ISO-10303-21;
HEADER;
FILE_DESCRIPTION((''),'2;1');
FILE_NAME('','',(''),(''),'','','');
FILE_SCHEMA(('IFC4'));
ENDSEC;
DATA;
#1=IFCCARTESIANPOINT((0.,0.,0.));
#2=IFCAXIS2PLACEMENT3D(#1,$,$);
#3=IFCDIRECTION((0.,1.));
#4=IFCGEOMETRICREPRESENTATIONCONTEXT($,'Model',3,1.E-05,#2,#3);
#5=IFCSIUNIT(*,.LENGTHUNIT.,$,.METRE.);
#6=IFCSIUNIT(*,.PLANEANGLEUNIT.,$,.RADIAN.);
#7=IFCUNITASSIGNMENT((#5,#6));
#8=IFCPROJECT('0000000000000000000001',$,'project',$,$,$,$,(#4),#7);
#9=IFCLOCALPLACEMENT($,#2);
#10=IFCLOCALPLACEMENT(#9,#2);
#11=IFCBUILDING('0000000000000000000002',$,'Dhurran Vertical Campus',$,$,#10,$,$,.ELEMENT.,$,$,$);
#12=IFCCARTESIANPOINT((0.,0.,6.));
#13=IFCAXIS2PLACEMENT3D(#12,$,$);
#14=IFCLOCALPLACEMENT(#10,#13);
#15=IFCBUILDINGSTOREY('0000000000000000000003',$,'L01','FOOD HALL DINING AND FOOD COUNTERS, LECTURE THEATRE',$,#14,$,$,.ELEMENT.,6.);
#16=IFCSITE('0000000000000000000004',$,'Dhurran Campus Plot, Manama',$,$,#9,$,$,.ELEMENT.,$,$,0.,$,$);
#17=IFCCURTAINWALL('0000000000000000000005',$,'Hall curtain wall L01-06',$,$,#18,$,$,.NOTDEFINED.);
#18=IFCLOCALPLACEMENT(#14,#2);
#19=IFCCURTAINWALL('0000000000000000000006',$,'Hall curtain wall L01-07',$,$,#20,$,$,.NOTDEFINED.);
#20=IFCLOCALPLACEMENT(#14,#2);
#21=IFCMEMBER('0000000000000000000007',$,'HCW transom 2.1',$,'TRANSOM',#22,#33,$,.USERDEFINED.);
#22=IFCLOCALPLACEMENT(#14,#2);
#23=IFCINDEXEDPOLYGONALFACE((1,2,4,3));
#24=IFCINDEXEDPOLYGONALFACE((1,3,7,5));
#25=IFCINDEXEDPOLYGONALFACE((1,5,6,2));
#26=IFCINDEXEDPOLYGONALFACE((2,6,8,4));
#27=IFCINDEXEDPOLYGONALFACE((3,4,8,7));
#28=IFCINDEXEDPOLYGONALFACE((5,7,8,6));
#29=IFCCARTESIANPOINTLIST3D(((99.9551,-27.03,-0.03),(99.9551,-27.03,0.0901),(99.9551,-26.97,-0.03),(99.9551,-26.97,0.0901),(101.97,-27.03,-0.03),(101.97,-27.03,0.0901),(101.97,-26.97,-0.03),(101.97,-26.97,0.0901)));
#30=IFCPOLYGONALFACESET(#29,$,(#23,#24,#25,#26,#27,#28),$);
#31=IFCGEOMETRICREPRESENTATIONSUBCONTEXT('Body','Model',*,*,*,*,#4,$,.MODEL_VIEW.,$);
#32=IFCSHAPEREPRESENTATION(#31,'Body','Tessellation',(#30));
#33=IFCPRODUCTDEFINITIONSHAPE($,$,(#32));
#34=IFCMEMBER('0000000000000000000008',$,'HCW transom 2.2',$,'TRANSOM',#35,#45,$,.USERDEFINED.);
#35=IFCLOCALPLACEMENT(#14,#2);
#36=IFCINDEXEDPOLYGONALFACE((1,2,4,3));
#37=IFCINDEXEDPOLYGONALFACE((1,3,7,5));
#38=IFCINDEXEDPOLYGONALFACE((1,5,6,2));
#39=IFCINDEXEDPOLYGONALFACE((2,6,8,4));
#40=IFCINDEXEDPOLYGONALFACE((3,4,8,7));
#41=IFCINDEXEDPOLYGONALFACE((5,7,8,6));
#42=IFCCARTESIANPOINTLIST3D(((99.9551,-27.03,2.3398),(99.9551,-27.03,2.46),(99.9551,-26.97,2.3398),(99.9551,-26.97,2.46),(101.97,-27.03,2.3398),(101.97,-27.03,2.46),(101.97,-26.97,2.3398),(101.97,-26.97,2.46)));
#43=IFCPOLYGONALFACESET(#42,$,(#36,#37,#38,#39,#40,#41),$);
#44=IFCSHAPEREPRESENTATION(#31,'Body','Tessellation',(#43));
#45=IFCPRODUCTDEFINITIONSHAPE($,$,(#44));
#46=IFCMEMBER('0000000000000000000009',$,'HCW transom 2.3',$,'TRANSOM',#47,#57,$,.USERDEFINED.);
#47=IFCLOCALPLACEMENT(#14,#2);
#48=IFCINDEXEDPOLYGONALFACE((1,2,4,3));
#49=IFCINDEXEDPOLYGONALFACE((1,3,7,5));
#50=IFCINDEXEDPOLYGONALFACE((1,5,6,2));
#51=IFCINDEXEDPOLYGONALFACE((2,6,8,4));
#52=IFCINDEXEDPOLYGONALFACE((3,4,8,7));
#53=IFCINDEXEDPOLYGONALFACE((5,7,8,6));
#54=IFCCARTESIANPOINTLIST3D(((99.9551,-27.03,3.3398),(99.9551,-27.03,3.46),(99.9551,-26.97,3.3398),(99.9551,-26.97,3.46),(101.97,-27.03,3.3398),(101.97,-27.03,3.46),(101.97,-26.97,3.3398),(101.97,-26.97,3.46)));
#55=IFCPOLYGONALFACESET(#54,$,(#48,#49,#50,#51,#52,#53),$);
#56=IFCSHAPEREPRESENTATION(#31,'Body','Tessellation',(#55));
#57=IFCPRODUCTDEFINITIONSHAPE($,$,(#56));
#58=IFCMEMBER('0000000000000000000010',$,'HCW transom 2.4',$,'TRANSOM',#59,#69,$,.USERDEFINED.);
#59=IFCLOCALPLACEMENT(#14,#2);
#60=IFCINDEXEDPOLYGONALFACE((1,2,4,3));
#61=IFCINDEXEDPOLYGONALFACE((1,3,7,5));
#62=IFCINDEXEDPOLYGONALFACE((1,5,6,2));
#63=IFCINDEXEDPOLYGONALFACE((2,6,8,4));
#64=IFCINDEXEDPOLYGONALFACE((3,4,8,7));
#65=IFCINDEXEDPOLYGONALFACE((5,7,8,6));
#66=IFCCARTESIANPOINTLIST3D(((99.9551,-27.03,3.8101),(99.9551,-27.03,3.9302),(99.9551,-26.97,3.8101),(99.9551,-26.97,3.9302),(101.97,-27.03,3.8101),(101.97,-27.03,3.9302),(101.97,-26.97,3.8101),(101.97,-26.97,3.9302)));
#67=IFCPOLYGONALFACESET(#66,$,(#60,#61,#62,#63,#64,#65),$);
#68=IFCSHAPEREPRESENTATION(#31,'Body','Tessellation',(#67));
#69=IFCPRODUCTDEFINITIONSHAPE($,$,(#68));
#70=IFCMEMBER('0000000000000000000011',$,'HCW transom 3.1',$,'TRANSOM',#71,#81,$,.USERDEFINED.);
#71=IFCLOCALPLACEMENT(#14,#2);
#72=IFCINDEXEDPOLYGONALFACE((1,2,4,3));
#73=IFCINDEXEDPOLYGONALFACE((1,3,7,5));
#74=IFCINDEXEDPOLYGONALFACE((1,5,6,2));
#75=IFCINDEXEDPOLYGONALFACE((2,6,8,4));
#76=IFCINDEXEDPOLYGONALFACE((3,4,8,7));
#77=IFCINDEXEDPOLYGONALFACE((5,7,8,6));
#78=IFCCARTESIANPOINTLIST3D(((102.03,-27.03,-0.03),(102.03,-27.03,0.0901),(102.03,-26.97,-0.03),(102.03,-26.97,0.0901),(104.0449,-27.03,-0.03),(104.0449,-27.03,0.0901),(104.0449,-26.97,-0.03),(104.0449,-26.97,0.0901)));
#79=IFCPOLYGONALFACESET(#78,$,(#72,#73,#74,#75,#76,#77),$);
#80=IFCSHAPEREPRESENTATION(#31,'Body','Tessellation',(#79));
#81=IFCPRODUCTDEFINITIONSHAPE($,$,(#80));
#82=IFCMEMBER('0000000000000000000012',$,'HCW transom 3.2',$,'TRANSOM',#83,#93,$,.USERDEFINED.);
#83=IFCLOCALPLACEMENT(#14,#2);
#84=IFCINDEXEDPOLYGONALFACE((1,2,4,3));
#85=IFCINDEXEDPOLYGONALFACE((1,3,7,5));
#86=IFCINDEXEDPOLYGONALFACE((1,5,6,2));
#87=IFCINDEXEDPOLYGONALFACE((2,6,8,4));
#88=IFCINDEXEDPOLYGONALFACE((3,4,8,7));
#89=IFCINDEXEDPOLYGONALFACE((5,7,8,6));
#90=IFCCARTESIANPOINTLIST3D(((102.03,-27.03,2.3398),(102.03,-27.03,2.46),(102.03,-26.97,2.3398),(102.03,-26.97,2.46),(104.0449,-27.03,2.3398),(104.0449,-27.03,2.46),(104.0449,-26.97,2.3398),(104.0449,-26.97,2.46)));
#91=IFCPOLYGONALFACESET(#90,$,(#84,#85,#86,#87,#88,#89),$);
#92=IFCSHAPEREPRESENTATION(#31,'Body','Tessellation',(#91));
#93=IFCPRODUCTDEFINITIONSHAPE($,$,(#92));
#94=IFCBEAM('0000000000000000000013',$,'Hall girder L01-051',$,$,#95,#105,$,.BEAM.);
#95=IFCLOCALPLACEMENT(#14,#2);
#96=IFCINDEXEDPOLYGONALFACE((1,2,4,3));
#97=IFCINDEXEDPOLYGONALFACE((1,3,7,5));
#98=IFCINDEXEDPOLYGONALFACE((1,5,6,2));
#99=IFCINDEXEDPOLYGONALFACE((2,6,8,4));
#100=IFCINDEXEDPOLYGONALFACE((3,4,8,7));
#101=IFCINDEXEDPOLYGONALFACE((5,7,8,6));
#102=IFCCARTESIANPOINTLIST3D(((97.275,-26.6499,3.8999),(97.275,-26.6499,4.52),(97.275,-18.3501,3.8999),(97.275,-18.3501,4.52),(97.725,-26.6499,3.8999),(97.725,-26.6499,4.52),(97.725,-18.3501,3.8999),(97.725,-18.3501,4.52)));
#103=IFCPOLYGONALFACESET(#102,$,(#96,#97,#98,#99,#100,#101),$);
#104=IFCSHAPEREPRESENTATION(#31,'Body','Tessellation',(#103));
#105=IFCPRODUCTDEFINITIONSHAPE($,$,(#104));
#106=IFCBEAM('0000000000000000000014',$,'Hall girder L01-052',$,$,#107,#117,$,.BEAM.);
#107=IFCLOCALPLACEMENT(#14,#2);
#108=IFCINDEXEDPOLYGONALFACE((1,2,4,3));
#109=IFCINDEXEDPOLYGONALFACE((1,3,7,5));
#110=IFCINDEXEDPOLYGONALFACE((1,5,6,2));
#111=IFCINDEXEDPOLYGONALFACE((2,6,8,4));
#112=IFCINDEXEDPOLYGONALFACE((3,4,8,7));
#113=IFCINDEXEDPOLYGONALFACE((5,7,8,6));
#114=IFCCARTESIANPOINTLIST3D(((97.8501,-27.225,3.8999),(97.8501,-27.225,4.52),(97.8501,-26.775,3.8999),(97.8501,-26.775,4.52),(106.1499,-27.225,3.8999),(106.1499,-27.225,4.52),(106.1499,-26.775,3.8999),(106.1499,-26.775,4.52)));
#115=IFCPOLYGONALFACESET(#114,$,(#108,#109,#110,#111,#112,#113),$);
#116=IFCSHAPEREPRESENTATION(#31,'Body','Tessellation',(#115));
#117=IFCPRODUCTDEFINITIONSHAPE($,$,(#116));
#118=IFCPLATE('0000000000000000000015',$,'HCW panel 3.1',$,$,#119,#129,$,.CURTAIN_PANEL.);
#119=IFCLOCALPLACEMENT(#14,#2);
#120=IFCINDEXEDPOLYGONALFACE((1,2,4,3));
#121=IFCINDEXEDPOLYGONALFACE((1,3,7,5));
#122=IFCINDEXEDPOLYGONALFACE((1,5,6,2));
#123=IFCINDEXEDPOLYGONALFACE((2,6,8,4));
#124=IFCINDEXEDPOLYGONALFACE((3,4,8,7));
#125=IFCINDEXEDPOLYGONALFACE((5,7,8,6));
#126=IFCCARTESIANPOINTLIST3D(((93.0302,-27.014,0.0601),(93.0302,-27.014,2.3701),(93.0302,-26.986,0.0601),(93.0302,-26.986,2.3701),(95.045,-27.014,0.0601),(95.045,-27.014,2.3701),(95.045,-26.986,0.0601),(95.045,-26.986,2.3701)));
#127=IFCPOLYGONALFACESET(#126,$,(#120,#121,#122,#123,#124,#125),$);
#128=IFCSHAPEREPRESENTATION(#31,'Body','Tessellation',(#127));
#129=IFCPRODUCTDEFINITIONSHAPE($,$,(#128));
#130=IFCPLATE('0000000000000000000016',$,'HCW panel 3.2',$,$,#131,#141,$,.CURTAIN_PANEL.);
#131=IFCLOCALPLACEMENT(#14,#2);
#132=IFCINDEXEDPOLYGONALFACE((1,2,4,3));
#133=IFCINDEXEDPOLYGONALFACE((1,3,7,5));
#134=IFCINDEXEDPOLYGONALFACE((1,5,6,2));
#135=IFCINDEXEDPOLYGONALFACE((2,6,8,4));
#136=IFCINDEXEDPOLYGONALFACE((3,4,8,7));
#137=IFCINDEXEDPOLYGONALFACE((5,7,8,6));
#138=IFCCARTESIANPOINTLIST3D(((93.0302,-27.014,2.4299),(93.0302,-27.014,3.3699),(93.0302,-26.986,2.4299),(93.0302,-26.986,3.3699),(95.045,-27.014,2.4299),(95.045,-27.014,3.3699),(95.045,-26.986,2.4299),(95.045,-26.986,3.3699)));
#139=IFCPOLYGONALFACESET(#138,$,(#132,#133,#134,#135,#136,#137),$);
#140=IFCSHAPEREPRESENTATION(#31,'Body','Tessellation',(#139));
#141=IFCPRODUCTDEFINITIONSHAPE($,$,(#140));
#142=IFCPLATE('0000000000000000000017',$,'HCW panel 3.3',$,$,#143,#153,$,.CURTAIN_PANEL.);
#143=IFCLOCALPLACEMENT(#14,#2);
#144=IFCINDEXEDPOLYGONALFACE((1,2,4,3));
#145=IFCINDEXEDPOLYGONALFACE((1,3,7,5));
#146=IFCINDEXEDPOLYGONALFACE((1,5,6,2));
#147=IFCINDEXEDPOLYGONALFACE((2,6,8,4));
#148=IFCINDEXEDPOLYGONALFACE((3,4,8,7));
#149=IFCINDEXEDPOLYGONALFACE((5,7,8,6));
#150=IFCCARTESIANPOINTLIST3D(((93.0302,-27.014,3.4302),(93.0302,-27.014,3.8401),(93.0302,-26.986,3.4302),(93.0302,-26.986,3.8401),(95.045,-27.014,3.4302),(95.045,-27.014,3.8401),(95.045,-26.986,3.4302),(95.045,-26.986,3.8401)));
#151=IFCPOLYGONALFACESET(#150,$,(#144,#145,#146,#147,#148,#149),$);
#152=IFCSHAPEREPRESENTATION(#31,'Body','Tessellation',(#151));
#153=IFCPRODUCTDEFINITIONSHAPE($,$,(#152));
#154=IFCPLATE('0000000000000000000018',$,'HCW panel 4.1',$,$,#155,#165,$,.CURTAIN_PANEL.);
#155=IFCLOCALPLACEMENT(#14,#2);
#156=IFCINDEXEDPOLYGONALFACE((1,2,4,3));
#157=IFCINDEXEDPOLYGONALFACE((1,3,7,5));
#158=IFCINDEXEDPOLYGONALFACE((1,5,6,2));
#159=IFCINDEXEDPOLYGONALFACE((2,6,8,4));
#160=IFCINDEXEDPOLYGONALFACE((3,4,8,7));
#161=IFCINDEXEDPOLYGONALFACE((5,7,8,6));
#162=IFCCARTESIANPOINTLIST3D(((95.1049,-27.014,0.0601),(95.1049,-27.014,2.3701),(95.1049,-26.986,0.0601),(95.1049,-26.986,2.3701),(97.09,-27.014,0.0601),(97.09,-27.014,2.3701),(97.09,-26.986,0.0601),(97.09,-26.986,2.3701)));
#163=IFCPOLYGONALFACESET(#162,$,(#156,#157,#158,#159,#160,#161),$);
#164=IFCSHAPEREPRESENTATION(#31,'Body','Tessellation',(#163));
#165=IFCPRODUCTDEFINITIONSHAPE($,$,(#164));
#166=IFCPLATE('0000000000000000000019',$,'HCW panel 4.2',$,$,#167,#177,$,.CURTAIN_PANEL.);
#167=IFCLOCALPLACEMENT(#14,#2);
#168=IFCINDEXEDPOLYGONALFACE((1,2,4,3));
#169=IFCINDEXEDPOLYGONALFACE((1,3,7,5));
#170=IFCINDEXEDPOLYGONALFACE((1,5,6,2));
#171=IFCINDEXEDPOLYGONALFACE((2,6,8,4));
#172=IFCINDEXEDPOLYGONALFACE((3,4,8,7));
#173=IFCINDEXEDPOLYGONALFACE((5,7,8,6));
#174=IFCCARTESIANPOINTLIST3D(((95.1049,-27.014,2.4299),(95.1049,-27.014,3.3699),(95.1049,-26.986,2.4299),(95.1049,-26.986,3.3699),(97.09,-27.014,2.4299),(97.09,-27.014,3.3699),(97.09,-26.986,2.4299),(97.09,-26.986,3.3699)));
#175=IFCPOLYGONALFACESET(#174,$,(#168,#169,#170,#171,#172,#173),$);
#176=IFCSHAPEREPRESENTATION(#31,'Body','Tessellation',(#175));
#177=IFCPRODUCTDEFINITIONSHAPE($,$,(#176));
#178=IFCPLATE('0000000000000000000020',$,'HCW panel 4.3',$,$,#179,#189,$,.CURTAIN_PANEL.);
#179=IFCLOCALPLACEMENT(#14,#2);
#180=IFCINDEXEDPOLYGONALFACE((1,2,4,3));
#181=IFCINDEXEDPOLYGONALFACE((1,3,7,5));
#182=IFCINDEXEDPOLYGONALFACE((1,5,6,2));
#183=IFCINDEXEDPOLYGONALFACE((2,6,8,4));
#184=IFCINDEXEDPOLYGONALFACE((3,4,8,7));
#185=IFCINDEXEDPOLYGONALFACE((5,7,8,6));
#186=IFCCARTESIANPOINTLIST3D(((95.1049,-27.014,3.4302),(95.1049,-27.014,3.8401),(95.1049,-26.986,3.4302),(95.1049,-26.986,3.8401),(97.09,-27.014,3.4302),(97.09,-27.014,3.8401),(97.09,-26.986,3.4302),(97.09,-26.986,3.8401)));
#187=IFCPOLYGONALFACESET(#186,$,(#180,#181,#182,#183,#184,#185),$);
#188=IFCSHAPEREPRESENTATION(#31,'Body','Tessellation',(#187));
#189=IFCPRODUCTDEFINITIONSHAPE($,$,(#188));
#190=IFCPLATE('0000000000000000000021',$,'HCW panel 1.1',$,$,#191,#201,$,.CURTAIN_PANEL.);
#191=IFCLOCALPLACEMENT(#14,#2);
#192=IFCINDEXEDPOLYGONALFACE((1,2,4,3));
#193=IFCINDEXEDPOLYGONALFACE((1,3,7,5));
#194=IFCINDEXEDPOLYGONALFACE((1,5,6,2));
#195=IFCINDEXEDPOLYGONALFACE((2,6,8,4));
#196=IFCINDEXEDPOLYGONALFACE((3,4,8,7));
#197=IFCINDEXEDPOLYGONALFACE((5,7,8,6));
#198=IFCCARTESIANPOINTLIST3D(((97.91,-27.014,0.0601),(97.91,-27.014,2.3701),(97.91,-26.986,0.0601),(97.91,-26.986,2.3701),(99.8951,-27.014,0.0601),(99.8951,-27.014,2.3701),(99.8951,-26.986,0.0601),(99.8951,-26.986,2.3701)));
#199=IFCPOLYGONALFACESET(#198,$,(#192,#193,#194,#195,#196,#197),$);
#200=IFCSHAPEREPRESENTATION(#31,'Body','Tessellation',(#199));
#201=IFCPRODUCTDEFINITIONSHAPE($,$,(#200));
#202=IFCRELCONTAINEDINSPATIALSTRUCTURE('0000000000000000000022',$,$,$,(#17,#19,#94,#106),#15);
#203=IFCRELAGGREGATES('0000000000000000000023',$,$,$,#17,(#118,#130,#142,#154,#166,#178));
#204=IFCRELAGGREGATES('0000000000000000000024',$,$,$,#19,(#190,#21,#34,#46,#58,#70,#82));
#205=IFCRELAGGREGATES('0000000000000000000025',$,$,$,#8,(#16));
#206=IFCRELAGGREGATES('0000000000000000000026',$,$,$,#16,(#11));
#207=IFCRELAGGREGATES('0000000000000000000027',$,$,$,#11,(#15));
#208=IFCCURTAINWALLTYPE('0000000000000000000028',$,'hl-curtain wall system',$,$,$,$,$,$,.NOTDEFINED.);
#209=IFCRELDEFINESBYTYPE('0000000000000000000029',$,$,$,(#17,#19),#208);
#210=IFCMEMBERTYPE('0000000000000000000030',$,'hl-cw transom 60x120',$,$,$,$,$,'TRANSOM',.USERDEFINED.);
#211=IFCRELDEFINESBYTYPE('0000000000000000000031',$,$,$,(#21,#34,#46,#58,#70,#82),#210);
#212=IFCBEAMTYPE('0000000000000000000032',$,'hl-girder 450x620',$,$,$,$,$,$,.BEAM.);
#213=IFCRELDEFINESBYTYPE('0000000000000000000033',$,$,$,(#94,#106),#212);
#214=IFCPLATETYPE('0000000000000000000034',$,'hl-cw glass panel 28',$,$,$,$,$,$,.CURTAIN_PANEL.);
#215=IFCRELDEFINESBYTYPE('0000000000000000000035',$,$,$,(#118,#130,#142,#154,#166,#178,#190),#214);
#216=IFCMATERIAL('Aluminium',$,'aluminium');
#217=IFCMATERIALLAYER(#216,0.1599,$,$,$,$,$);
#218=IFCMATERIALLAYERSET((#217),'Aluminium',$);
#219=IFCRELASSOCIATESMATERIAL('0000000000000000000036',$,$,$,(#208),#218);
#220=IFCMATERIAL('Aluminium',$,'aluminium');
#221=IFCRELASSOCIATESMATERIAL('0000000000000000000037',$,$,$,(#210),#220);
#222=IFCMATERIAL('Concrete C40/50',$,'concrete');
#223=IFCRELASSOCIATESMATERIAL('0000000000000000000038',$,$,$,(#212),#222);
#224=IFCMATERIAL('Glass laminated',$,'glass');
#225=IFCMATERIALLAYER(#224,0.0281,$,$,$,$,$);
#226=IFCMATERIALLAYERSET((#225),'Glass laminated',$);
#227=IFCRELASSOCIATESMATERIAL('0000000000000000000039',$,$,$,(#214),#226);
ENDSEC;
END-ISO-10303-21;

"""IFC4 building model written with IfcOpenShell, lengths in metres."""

from ifc_helpers import new_model, si_unit, direction, frame, origin, origin_2d, place, context, subcontext, project, spatial, rectangle, extrude, material, layer, layer_set, material_profile, profile_set, type_object, element, aggregate, save


model = new_model("IFC4")

# Units and contexts
model_context = context("Model", 3, precision=1e-05, world=origin(), true_north=direction((0.0, 1.0)))
body_context = subcontext(model_context, "Body", "Model", "MODEL_VIEW")
ifc_project = project(units=[si_unit("LENGTHUNIT", "METRE"), si_unit("PLANEANGLEUNIT", "RADIAN")], contexts=[model_context])

# Site, building, storey
site_placement = place(None, origin())
site = spatial("IfcSite", under=ifc_project, at=site_placement, Name="Dhurran Campus Plot, Manama", CompositionType="ELEMENT", RefElevation=0.0)
building_placement = place(site_placement, origin())
building = spatial("IfcBuilding", under=site, at=building_placement, Name="Dhurran Vertical Campus", CompositionType="ELEMENT")
storey_placement = place(building_placement, frame((0.0, 0.0, 6.0)))
storey = spatial("IfcBuildingStorey", under=building, at=storey_placement, Name="L01", Description="FOOD HALL DINING AND FOOD COUNTERS, LECTURE THEATRE", CompositionType="ELEMENT", Elevation=6.0)

# Curtain walls
ifc_material_1 = material(Name="Aluminium", Category="aluminium")
ifc_layer_1 = layer(ifc_material_1, 0.1599)
ifc_layer_set_1 = layer_set([ifc_layer_1], Name="Aluminium")
curtain_wall_type = type_object("IfcCurtainWallType", Name="hl-curtain wall system", PredefinedType="NOTDEFINED", material=ifc_layer_set_1)
curtain_wall_1_placement = place(storey_placement, origin())
curtain_wall_1 = element("IfcCurtainWall", 1, at=curtain_wall_1_placement, inside=storey, type_object=curtain_wall_type, Name="Hall curtain wall L01-06", PredefinedType="NOTDEFINED")
curtain_wall_2_placement = place(storey_placement, origin())
curtain_wall_2 = element("IfcCurtainWall", 2, at=curtain_wall_2_placement, inside=storey, type_object=curtain_wall_type, Name="Hall curtain wall L01-07", PredefinedType="NOTDEFINED")

# Members
ifc_material_2 = material(Name="Aluminium", Category="aluminium")
ifc_material_profile_1 = material_profile(ifc_material_2, rectangle(XDim=0.0601, YDim=0.1201, at=origin_2d()), Name="hl-cw transom 60x120")
ifc_profile_set_1 = profile_set([ifc_material_profile_1], Name="Aluminium")
member_type_1 = type_object("IfcMemberType", Name="hl-cw transom 60x120", ElementType="TRANSOM", PredefinedType="USERDEFINED", material=ifc_profile_set_1)
member_1_placement = place(storey_placement, frame((99.9551, -27.0, 0.03), z_axis=(1.0, 0.0, 0.0), x_axis=(0.0, 1.0, 0.0)))
member_1 = element("IfcMember", 3, at=member_1_placement, type_object=member_type_1, Name="HCW transom 2.1", ObjectType="TRANSOM", PredefinedType="USERDEFINED", context=body_context, shape_type="SweptSolid", body=[
    extrude(rectangle(XDim=0.0601, YDim=0.1201, at=origin_2d()), origin(), (0.0, 0.0, 1.0), 2.0149),
])
member_2_placement = place(storey_placement, frame((99.9551, -27.0, 2.3999), z_axis=(1.0, 0.0, 0.0), x_axis=(0.0, 1.0, 0.0)))
member_2 = element("IfcMember", 4, at=member_2_placement, type_object=member_type_1, Name="HCW transom 2.2", ObjectType="TRANSOM", PredefinedType="USERDEFINED", context=body_context, shape_type="SweptSolid", body=[
    extrude(rectangle(XDim=0.0601, YDim=0.1201, at=origin_2d()), origin(), (0.0, 0.0, 1.0), 2.0149),
])
member_3_placement = place(storey_placement, frame((99.9551, -27.0, 3.3999), z_axis=(1.0, 0.0, 0.0), x_axis=(0.0, 1.0, 0.0)))
member_3 = element("IfcMember", 5, at=member_3_placement, type_object=member_type_1, Name="HCW transom 2.3", ObjectType="TRANSOM", PredefinedType="USERDEFINED", context=body_context, shape_type="SweptSolid", body=[
    extrude(rectangle(XDim=0.0601, YDim=0.1201, at=origin_2d()), origin(), (0.0, 0.0, 1.0), 2.0149),
])
member_4_placement = place(storey_placement, frame((99.9551, -27.0, 3.8701), z_axis=(1.0, 0.0, 0.0), x_axis=(0.0, 1.0, 0.0)))
member_4 = element("IfcMember", 6, at=member_4_placement, type_object=member_type_1, Name="HCW transom 2.4", ObjectType="TRANSOM", PredefinedType="USERDEFINED", context=body_context, shape_type="SweptSolid", body=[
    extrude(rectangle(XDim=0.0601, YDim=0.1201, at=origin_2d()), origin(), (0.0, 0.0, 1.0), 2.0149),
])
member_5_placement = place(storey_placement, frame((102.03, -27.0, 0.03), z_axis=(1.0, 0.0, 0.0), x_axis=(0.0, 1.0, 0.0)))
member_5 = element("IfcMember", 7, at=member_5_placement, type_object=member_type_1, Name="HCW transom 3.1", ObjectType="TRANSOM", PredefinedType="USERDEFINED", context=body_context, shape_type="SweptSolid", body=[
    extrude(rectangle(XDim=0.0601, YDim=0.1201, at=origin_2d()), origin(), (0.0, 0.0, 1.0), 2.0149),
])
member_6_placement = place(storey_placement, frame((102.03, -27.0, 2.3999), z_axis=(1.0, 0.0, 0.0), x_axis=(0.0, 1.0, 0.0)))
member_6 = element("IfcMember", 8, at=member_6_placement, type_object=member_type_1, Name="HCW transom 3.2", ObjectType="TRANSOM", PredefinedType="USERDEFINED", context=body_context, shape_type="SweptSolid", body=[
    extrude(rectangle(XDim=0.0601, YDim=0.1201, at=origin_2d()), origin(), (0.0, 0.0, 1.0), 2.0149),
])

# Beams
ifc_material_3 = material(Name="Concrete C40/50", Category="concrete")
ifc_material_profile_2 = material_profile(ifc_material_3, rectangle(XDim=0.45, YDim=0.6201, at=origin_2d()), Name="hl-girder 450x620")
ifc_profile_set_2 = profile_set([ifc_material_profile_2], Name="Concrete C40/50")
beam_type = type_object("IfcBeamType", Name="hl-girder 450x620", PredefinedType="BEAM", material=ifc_profile_set_2)
for number, where, z_axis, x_axis, name in (
    (9, (97.5, -26.6499, 4.21), (0.0, 1.0, 0.0), (-1.0, 0.0, 0.0), "Hall girder L01-051"),
    (10, (97.8501, -27.0, 4.21), (1.0, 0.0, 0.0), (0.0, 1.0, 0.0), "Hall girder L01-052"),
):
    element("IfcBeam", number, at=place(storey_placement, frame(where, z_axis=z_axis, x_axis=x_axis)), inside=storey, type_object=beam_type, Name=name, PredefinedType="BEAM", context=body_context, shape_type="SweptSolid", body=[
        extrude(rectangle(XDim=0.45, YDim=0.6201, at=origin_2d()), origin(), (0.0, 0.0, 1.0), 8.2998),
    ])

# Plates
ifc_material_4 = material(Name="Glass laminated", Category="glass")
ifc_layer_2 = layer(ifc_material_4, 0.0281)
ifc_layer_set_2 = layer_set([ifc_layer_2], Name="Glass laminated")
plate_type = type_object("IfcPlateType", Name="hl-cw glass panel 28", PredefinedType="CURTAIN_PANEL", material=ifc_layer_set_2)
plate_1_placement = place(storey_placement, frame((94.0376, -27.0, 0.0601), z_axis=(0.0, 0.0, 1.0), x_axis=(1.0, 0.0, 0.0)))
plate_1 = element("IfcPlate", 11, at=plate_1_placement, type_object=plate_type, Name="HCW panel 3.1", PredefinedType="CURTAIN_PANEL", context=body_context, shape_type="SweptSolid", body=[
    extrude(rectangle(XDim=2.0149, YDim=0.0281, at=origin_2d()), origin(), (0.0, 0.0, 1.0), 2.3101),
])
plate_2_placement = place(storey_placement, frame((94.0376, -27.0, 2.4299), z_axis=(0.0, 0.0, 1.0), x_axis=(1.0, 0.0, 0.0)))
plate_2 = element("IfcPlate", 12, at=plate_2_placement, type_object=plate_type, Name="HCW panel 3.2", PredefinedType="CURTAIN_PANEL", context=body_context, shape_type="SweptSolid", body=[
    extrude(rectangle(XDim=2.0149, YDim=0.0281, at=origin_2d()), origin(), (0.0, 0.0, 1.0), 0.9399),
])
plate_3_placement = place(storey_placement, frame((94.0376, -27.0, 3.4302), z_axis=(0.0, 0.0, 1.0), x_axis=(1.0, 0.0, 0.0)))
plate_3 = element("IfcPlate", 13, at=plate_3_placement, type_object=plate_type, Name="HCW panel 3.3", PredefinedType="CURTAIN_PANEL", context=body_context, shape_type="SweptSolid", body=[
    extrude(rectangle(XDim=2.0149, YDim=0.0281, at=origin_2d()), origin(), (0.0, 0.0, 1.0), 0.4099),
])
plate_4_placement = place(storey_placement, frame((96.0974, -27.0, 0.0601), z_axis=(0.0, 0.0, 1.0), x_axis=(1.0, 0.0, 0.0)))
plate_4 = element("IfcPlate", 14, at=plate_4_placement, type_object=plate_type, Name="HCW panel 4.1", PredefinedType="CURTAIN_PANEL", context=body_context, shape_type="SweptSolid", body=[
    extrude(rectangle(XDim=1.9851, YDim=0.0281, at=origin_2d()), origin(), (0.0, 0.0, 1.0), 2.3101),
])
plate_5_placement = place(storey_placement, frame((96.0974, -27.0, 2.4299), z_axis=(0.0, 0.0, 1.0), x_axis=(1.0, 0.0, 0.0)))
plate_5 = element("IfcPlate", 15, at=plate_5_placement, type_object=plate_type, Name="HCW panel 4.2", PredefinedType="CURTAIN_PANEL", context=body_context, shape_type="SweptSolid", body=[
    extrude(rectangle(XDim=1.9851, YDim=0.0281, at=origin_2d()), origin(), (0.0, 0.0, 1.0), 0.9399),
])
plate_6_placement = place(storey_placement, frame((96.0974, -27.0, 3.4302), z_axis=(0.0, 0.0, 1.0), x_axis=(1.0, 0.0, 0.0)))
plate_6 = element("IfcPlate", 16, at=plate_6_placement, type_object=plate_type, Name="HCW panel 4.3", PredefinedType="CURTAIN_PANEL", context=body_context, shape_type="SweptSolid", body=[
    extrude(rectangle(XDim=1.9851, YDim=0.0281, at=origin_2d()), origin(), (0.0, 0.0, 1.0), 0.4099),
])
aggregate(curtain_wall_1, [plate_1, plate_2, plate_3, plate_4, plate_5, plate_6])
plate_7_placement = place(storey_placement, frame((98.9026, -27.0, 0.0601), z_axis=(0.0, 0.0, 1.0), x_axis=(1.0, 0.0, 0.0)))
plate_7 = element("IfcPlate", 17, at=plate_7_placement, type_object=plate_type, Name="HCW panel 1.1", PredefinedType="CURTAIN_PANEL", context=body_context, shape_type="SweptSolid", body=[
    extrude(rectangle(XDim=1.9851, YDim=0.0281, at=origin_2d()), origin(), (0.0, 0.0, 1.0), 2.3101),
])
aggregate(curtain_wall_2, [plate_7, member_1, member_2, member_3, member_4, member_5, member_6])

save(model, "model.ifc")
